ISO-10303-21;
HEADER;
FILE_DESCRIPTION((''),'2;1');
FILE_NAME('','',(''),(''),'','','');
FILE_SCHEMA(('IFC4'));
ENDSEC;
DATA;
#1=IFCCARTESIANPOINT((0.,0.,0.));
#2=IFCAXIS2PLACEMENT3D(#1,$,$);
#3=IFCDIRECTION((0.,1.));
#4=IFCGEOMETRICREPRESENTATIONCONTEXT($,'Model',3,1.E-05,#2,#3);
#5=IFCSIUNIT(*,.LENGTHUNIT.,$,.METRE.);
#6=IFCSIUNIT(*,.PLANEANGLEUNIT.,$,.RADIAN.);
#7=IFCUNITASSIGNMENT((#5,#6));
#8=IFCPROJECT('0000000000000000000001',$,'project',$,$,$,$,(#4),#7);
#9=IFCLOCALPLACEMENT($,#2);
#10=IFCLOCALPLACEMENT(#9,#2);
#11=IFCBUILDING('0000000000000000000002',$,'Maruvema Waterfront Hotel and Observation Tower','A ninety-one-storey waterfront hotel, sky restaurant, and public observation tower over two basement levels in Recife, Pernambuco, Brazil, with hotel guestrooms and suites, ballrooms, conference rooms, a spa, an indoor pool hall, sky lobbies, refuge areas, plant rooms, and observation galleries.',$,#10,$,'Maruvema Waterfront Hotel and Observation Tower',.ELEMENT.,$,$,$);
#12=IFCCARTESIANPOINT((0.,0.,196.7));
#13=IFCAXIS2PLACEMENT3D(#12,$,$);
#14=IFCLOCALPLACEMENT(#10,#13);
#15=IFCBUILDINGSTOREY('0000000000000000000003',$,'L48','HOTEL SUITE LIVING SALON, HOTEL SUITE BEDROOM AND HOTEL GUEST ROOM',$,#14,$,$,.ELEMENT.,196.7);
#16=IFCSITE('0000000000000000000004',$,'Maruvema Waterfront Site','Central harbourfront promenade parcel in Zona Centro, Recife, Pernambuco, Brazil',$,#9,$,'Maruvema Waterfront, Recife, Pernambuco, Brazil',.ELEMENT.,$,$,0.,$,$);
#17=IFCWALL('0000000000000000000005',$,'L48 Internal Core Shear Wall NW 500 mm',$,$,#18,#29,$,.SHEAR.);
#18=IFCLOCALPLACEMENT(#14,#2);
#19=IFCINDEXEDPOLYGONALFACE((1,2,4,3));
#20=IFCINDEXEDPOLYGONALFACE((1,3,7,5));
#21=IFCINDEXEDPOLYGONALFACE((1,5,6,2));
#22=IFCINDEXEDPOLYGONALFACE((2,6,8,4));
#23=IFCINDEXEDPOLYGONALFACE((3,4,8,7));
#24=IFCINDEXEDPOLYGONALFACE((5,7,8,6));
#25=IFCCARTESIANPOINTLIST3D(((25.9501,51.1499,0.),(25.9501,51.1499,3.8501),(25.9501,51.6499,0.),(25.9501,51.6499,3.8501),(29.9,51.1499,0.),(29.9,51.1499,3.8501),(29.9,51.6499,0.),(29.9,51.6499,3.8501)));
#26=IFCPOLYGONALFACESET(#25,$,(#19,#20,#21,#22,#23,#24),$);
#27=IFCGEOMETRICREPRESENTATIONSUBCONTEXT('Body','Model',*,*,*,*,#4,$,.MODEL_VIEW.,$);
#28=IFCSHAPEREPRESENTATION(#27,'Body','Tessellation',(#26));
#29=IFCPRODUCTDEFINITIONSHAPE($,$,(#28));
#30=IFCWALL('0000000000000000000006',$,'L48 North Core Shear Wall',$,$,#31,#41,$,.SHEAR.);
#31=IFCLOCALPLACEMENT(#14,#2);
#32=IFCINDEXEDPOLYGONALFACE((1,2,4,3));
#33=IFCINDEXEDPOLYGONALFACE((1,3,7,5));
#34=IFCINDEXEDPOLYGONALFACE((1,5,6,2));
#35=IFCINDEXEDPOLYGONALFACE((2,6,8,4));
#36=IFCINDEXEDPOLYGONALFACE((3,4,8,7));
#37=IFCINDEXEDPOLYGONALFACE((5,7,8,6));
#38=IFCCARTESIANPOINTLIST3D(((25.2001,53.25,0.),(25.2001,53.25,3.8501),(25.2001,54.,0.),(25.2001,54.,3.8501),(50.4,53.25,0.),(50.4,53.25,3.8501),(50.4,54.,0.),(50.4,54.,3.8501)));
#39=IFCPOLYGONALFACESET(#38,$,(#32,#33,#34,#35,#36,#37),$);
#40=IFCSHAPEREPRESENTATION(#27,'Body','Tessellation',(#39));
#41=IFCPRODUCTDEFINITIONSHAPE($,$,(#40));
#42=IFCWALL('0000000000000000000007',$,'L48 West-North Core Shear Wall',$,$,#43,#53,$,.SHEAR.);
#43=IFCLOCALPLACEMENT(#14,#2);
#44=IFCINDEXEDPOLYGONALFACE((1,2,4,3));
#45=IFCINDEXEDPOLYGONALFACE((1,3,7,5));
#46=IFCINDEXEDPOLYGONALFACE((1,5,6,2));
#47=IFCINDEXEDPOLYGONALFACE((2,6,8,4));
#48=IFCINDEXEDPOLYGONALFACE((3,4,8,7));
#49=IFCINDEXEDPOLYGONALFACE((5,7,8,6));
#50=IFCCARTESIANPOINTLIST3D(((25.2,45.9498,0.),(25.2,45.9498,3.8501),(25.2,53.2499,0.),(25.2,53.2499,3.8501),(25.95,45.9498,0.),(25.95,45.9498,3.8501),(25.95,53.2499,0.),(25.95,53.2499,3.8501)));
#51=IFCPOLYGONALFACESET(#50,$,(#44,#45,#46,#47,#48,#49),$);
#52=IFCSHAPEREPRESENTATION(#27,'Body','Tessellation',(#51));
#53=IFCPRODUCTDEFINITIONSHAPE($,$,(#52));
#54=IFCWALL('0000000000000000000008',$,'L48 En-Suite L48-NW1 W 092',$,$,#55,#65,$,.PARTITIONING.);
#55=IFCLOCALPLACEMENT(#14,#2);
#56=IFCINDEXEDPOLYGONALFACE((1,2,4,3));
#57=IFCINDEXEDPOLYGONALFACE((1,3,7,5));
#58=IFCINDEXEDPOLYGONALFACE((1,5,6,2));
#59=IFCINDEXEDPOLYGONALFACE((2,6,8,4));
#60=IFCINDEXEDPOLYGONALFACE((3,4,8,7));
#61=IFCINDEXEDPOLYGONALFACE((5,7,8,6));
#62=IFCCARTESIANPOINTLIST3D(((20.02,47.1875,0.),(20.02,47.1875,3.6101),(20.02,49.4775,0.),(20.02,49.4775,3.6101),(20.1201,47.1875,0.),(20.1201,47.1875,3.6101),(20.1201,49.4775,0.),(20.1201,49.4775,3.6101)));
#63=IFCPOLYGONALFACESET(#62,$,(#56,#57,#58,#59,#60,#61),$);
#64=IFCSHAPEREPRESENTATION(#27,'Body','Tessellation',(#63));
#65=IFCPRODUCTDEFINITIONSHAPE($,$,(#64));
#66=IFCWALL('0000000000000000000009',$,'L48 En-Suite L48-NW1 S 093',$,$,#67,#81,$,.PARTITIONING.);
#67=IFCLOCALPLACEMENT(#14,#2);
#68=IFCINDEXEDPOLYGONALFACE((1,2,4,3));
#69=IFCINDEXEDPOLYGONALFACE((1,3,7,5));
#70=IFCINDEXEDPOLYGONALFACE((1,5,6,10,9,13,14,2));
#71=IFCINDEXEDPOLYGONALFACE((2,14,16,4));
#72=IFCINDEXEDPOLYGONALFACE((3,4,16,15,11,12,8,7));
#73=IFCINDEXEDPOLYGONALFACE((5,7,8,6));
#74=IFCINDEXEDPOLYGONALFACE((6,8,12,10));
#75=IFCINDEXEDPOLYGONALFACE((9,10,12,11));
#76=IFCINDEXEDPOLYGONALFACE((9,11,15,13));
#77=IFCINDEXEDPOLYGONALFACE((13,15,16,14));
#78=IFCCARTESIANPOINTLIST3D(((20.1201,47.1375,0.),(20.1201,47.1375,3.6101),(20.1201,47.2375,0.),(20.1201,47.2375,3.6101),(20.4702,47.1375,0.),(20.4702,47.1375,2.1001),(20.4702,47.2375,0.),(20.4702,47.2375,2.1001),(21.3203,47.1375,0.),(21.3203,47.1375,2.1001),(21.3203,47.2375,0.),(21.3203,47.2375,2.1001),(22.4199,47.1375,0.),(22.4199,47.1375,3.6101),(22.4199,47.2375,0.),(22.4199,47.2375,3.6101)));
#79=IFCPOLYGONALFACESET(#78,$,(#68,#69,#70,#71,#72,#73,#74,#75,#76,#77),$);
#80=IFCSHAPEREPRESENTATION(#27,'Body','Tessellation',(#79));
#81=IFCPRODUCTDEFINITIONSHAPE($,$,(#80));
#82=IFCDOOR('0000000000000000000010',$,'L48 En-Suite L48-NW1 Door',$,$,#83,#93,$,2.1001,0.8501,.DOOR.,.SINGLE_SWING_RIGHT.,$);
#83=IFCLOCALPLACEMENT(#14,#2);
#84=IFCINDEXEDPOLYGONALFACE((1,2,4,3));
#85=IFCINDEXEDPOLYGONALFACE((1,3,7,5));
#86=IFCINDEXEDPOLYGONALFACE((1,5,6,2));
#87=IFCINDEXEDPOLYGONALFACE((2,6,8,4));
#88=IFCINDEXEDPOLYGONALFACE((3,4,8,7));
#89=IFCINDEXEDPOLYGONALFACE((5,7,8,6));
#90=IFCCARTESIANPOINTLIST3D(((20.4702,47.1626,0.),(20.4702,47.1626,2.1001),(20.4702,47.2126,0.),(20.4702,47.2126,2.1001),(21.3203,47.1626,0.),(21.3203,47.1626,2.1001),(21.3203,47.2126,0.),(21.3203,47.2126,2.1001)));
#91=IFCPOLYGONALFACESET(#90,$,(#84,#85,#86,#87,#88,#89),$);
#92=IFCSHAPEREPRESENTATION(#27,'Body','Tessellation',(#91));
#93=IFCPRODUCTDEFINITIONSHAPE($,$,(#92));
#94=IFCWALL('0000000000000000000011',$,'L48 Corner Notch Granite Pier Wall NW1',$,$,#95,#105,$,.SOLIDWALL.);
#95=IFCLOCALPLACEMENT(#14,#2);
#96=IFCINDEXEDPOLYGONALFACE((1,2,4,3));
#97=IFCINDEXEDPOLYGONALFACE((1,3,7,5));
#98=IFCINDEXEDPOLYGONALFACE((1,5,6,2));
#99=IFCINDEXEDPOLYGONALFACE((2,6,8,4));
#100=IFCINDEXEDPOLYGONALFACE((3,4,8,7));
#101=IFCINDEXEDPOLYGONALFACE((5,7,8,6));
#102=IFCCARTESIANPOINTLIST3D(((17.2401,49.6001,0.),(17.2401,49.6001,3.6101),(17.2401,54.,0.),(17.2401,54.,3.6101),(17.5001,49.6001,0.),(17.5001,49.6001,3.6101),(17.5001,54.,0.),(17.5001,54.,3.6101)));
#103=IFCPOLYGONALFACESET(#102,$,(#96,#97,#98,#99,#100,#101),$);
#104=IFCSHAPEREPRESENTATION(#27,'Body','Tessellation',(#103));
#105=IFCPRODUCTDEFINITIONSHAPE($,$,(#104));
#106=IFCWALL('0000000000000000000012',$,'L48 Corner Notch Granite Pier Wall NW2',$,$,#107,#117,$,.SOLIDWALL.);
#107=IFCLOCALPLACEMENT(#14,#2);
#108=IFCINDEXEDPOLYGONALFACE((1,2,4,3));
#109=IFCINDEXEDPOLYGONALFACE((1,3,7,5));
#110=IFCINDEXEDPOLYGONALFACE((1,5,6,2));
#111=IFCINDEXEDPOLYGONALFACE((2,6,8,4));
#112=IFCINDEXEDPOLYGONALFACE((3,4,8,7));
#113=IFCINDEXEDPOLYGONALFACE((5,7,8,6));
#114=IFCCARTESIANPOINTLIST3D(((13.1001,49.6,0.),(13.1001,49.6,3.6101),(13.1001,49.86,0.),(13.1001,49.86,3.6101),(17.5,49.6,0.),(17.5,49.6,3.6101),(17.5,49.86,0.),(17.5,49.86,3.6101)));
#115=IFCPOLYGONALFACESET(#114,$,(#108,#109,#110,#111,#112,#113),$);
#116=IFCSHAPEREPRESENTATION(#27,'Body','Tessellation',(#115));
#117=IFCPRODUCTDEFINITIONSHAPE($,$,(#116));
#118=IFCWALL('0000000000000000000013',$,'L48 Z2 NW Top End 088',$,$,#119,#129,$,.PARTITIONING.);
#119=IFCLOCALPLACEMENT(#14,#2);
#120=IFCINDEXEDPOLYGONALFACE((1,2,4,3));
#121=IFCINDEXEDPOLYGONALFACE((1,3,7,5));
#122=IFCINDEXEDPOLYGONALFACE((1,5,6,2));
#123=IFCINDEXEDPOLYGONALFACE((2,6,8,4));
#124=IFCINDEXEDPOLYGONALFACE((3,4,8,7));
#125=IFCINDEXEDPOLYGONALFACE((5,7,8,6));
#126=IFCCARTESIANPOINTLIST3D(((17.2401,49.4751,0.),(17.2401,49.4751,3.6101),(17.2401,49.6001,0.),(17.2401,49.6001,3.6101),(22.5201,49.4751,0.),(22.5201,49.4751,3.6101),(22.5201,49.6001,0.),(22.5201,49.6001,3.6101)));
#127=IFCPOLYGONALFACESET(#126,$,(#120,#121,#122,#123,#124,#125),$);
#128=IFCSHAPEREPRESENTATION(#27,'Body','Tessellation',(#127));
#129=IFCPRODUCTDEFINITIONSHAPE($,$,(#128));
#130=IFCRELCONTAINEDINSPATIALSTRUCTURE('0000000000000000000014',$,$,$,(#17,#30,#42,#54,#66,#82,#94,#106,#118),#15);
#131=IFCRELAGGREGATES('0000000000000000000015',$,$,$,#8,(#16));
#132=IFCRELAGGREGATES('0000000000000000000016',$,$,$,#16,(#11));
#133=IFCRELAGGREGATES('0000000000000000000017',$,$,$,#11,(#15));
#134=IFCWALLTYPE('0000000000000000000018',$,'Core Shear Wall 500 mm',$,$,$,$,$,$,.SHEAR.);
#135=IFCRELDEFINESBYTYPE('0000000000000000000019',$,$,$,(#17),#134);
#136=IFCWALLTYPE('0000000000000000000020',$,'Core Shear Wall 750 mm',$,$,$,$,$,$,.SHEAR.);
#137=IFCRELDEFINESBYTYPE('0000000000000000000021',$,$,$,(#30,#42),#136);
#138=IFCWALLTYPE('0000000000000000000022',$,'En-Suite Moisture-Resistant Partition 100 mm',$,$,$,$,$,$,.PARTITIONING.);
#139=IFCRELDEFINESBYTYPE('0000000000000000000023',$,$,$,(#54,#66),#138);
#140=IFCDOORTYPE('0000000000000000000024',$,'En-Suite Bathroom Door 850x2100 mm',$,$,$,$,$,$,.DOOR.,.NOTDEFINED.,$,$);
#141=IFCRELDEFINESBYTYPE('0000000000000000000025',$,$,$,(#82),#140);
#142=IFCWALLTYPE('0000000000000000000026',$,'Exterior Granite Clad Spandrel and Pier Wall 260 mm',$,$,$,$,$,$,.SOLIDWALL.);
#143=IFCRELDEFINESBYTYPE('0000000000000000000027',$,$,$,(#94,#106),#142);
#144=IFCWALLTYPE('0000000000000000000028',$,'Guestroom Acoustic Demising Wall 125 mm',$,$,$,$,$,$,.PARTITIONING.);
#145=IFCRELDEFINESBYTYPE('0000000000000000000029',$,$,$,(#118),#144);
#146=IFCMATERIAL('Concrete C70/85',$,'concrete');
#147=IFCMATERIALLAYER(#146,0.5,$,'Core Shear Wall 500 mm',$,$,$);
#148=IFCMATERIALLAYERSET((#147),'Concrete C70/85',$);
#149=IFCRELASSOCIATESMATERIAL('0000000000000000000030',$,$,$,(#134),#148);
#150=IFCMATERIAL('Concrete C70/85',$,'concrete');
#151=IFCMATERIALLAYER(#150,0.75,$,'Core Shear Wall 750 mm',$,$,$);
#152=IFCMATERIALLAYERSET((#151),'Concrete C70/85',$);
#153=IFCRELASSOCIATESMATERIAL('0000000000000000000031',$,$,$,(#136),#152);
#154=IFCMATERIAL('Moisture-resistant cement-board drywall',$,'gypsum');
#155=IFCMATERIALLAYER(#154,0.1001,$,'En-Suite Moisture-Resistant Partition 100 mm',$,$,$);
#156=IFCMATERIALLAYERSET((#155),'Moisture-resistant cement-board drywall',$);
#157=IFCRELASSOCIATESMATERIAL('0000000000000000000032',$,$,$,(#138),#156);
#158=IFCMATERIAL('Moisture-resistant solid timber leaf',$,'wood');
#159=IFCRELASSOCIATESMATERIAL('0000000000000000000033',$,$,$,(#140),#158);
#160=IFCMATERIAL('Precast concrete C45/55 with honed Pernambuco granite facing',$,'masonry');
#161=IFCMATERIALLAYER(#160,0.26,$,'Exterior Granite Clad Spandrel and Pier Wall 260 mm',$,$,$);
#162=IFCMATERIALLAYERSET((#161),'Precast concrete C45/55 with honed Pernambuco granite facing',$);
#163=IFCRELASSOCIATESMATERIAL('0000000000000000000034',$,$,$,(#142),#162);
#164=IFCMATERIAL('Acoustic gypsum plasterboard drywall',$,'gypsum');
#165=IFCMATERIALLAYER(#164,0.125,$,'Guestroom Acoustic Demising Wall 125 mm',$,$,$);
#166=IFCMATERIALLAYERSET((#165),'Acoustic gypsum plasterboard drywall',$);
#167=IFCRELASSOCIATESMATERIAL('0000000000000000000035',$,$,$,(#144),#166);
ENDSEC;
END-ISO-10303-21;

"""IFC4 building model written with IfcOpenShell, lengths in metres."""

from ifc_helpers import new_model, si_unit, direction, frame, frame_2d, origin, place, context, subcontext, project, spatial, rectangle, extrude, material, layer, layer_set, type_object, element, fill, save


model = new_model("IFC4")

# Units and contexts
model_context = context("Model", 3, precision=1e-05, world=origin(), true_north=direction((0.0, 1.0)))
body_context = subcontext(model_context, "Body", "Model", "MODEL_VIEW")
ifc_project = project(units=[si_unit("LENGTHUNIT", "METRE"), si_unit("PLANEANGLEUNIT", "RADIAN")], contexts=[model_context])

# Site, building, storey
site_placement = place(None, origin())
site = spatial("IfcSite", under=ifc_project, at=site_placement, Name="Maruvema Waterfront Site", Description="Central harbourfront promenade parcel in Zona Centro, Recife, Pernambuco, Brazil", LongName="Maruvema Waterfront, Recife, Pernambuco, Brazil", CompositionType="ELEMENT", RefElevation=0.0)
building_placement = place(site_placement, origin())
building = spatial("IfcBuilding", under=site, at=building_placement, Name="Maruvema Waterfront Hotel and Observation Tower", Description="A ninety-one-storey waterfront hotel, sky restaurant, and public observation tower over two basement levels in Recife, Pernambuco, Brazil, with hotel guestrooms and suites, ballrooms, conference rooms, a spa, an indoor pool hall, sky lobbies, refuge areas, plant rooms, and observation galleries.", LongName="Maruvema Waterfront Hotel and Observation Tower", CompositionType="ELEMENT")
storey_placement = place(building_placement, frame((0.0, 0.0, 196.7)))
storey = spatial("IfcBuildingStorey", under=building, at=storey_placement, Name="L48", Description="HOTEL SUITE LIVING SALON, HOTEL SUITE BEDROOM AND HOTEL GUEST ROOM", CompositionType="ELEMENT", Elevation=196.7)

# Walls
ifc_material_1 = material(Name="Concrete C70/85", Category="concrete")
ifc_layer_1 = layer(ifc_material_1, 0.5, Name="Core Shear Wall 500 mm")
ifc_layer_set_1 = layer_set([ifc_layer_1], Name="Concrete C70/85")
wall_type_1 = type_object("IfcWallType", Name="Core Shear Wall 500 mm", PredefinedType="SHEAR", material=ifc_layer_set_1)
wall_1_placement = place(storey_placement, frame((25.95, 51.3999, 0.0), z_axis=(0.0, 0.0, 1.0), x_axis=(1.0, 0.0, 0.0)))
element("IfcWall", 1, at=wall_1_placement, inside=storey, type_object=wall_type_1, Name="L48 Internal Core Shear Wall NW 500 mm", PredefinedType="SHEAR", context=body_context, shape_type="SweptSolid", body=[
    extrude(rectangle(XDim=3.95, YDim=0.5, at=frame_2d((1.9751, 0.0))), origin(), (0.0, 0.0, 1.0), 3.8501),
])
ifc_material_2 = material(Name="Concrete C70/85", Category="concrete")
ifc_layer_2 = layer(ifc_material_2, 0.75, Name="Core Shear Wall 750 mm")
ifc_layer_set_2 = layer_set([ifc_layer_2], Name="Concrete C70/85")
wall_type_2 = type_object("IfcWallType", Name="Core Shear Wall 750 mm", PredefinedType="SHEAR", material=ifc_layer_set_2)
wall_2_placement = place(storey_placement, frame((25.2, 53.625, 0.0), z_axis=(0.0, 0.0, 1.0), x_axis=(1.0, 0.0, 0.0)))
element("IfcWall", 2, at=wall_2_placement, inside=storey, type_object=wall_type_2, Name="L48 North Core Shear Wall", PredefinedType="SHEAR", context=body_context, shape_type="SweptSolid", body=[
    extrude(rectangle(XDim=25.2, YDim=0.75, at=frame_2d((12.6001, 0.0))), origin(), (0.0, 0.0, 1.0), 3.8501),
])
wall_3_placement = place(storey_placement, frame((25.575, 45.95, 0.0), z_axis=(0.0, 0.0, 1.0), x_axis=(0.0, 1.0, 0.0)))
element("IfcWall", 3, at=wall_3_placement, inside=storey, type_object=wall_type_2, Name="L48 West-North Core Shear Wall", PredefinedType="SHEAR", context=body_context, shape_type="SweptSolid", body=[
    extrude(rectangle(XDim=7.3, YDim=0.75, at=frame_2d((3.6499, 0.0))), origin(), (0.0, 0.0, 1.0), 3.8501),
])
ifc_material_3 = material(Name="Moisture-resistant cement-board drywall", Category="gypsum")
ifc_layer_3 = layer(ifc_material_3, 0.1001, Name="En-Suite Moisture-Resistant Partition 100 mm")
ifc_layer_set_3 = layer_set([ifc_layer_3], Name="Moisture-resistant cement-board drywall")
wall_type_3 = type_object("IfcWallType", Name="En-Suite Moisture-Resistant Partition 100 mm", PredefinedType="PARTITIONING", material=ifc_layer_set_3)
wall_4_placement = place(storey_placement, frame((20.0701, 47.1875, 0.0), z_axis=(0.0, 0.0, 1.0), x_axis=(0.0, 1.0, 0.0)))
element("IfcWall", 4, at=wall_4_placement, inside=storey, type_object=wall_type_3, Name="L48 En-Suite L48-NW1 W 092", PredefinedType="PARTITIONING", context=body_context, shape_type="SweptSolid", body=[
    extrude(rectangle(XDim=2.29, YDim=0.1001, at=frame_2d((1.145, 0.0))), origin(), (0.0, 0.0, 1.0), 3.6101),
])

# Wall, opening, door
wall_5_placement = place(storey_placement, frame((20.1201, 47.1875, 0.0), z_axis=(0.0, 0.0, 1.0), x_axis=(1.0, 0.0, 0.0)))
wall_5 = element("IfcWall", 5, at=wall_5_placement, inside=storey, type_object=wall_type_3, Name="L48 En-Suite L48-NW1 S 093", PredefinedType="PARTITIONING", context=body_context, shape_type="SweptSolid", body=[
    extrude(rectangle(XDim=2.2998, YDim=0.1001, at=frame_2d((1.1499, 0.0))), origin(), (0.0, 0.0, 1.0), 3.6101),
])
opening_placement = place(wall_5_placement, frame((0.3501, 0.0, 0.0)))
opening = element("IfcOpeningElement", 6, at=opening_placement, cuts=wall_5, PredefinedType="OPENING", context=body_context, shape_type="SweptSolid", body=[
    extrude(rectangle(XDim=0.8501, YDim=2.1001, at=frame_2d((0.425, 1.05))), frame((0.0, 0.0601, 0.0), z_axis=(0.0, -1.0, 0.0), x_axis=(1.0, 0.0, 0.0)), (0.0, 0.0, 1.0), 0.1201),
])
ifc_material_4 = material(Name="Moisture-resistant solid timber leaf", Category="wood")
door_type = type_object("IfcDoorType", Name="En-Suite Bathroom Door 850x2100 mm", OperationType="NOTDEFINED", PredefinedType="DOOR", material=ifc_material_4)
door_placement = place(opening_placement, frame((0.8501, 0.0, 0.0), z_axis=(0.0, 0.0, 1.0), x_axis=(-1.0, 0.0, 0.0)))
door = element("IfcDoor", 7, at=door_placement, inside=storey, type_object=door_type, Name="L48 En-Suite L48-NW1 Door", OperationType="SINGLE_SWING_RIGHT", OverallHeight=2.1001, OverallWidth=0.8501, PredefinedType="DOOR", context=body_context, shape_type="SweptSolid", body=[
    extrude(rectangle(XDim=0.8501, YDim=2.1001, at=frame_2d((0.425, 1.05))), frame((0.0, 0.0249, 0.0), z_axis=(0.0, -1.0, 0.0), x_axis=(1.0, 0.0, 0.0)), (0.0, 0.0, 1.0), 0.05),
])
fill(opening, door)

# Walls
ifc_material_5 = material(Name="Precast concrete C45/55 with honed Pernambuco granite facing", Category="masonry")
ifc_layer_4 = layer(ifc_material_5, 0.26, Name="Exterior Granite Clad Spandrel and Pier Wall 260 mm")
ifc_layer_set_4 = layer_set([ifc_layer_4], Name="Precast concrete C45/55 with honed Pernambuco granite facing")
wall_type_4 = type_object("IfcWallType", Name="Exterior Granite Clad Spandrel and Pier Wall 260 mm", PredefinedType="SOLIDWALL", material=ifc_layer_set_4)
for number, where, z_axis, x_axis, name in (
    (8, (17.3701, 49.6001, 0.0), (0.0, 0.0, 1.0), (0.0, 1.0, 0.0), "L48 Corner Notch Granite Pier Wall NW1"),
    (9, (13.1001, 49.73, 0.0), (0.0, 0.0, 1.0), (1.0, 0.0, 0.0), "L48 Corner Notch Granite Pier Wall NW2"),
):
    element("IfcWall", number, at=place(storey_placement, frame(where, z_axis=z_axis, x_axis=x_axis)), inside=storey, type_object=wall_type_4, Name=name, PredefinedType="SOLIDWALL", context=body_context, shape_type="SweptSolid", body=[
        extrude(rectangle(XDim=4.3999, YDim=0.26, at=frame_2d((2.2, 0.0))), origin(), (0.0, 0.0, 1.0), 3.6101),
    ])
ifc_material_6 = material(Name="Acoustic gypsum plasterboard drywall", Category="gypsum")
ifc_layer_5 = layer(ifc_material_6, 0.125, Name="Guestroom Acoustic Demising Wall 125 mm")
ifc_layer_set_5 = layer_set([ifc_layer_5], Name="Acoustic gypsum plasterboard drywall")
wall_type_5 = type_object("IfcWallType", Name="Guestroom Acoustic Demising Wall 125 mm", PredefinedType="PARTITIONING", material=ifc_layer_set_5)
wall_6_placement = place(storey_placement, frame((17.24, 49.5376, 0.0), z_axis=(0.0, 0.0, 1.0), x_axis=(1.0, 0.0, 0.0)))
element("IfcWall", 10, at=wall_6_placement, inside=storey, type_object=wall_type_5, Name="L48 Z2 NW Top End 088", PredefinedType="PARTITIONING", context=body_context, shape_type="SweptSolid", body=[
    extrude(rectangle(XDim=5.28, YDim=0.125, at=frame_2d((2.6401, 0.0))), origin(), (0.0, 0.0, 1.0), 3.6101),
])

save(model, "model.ifc")
